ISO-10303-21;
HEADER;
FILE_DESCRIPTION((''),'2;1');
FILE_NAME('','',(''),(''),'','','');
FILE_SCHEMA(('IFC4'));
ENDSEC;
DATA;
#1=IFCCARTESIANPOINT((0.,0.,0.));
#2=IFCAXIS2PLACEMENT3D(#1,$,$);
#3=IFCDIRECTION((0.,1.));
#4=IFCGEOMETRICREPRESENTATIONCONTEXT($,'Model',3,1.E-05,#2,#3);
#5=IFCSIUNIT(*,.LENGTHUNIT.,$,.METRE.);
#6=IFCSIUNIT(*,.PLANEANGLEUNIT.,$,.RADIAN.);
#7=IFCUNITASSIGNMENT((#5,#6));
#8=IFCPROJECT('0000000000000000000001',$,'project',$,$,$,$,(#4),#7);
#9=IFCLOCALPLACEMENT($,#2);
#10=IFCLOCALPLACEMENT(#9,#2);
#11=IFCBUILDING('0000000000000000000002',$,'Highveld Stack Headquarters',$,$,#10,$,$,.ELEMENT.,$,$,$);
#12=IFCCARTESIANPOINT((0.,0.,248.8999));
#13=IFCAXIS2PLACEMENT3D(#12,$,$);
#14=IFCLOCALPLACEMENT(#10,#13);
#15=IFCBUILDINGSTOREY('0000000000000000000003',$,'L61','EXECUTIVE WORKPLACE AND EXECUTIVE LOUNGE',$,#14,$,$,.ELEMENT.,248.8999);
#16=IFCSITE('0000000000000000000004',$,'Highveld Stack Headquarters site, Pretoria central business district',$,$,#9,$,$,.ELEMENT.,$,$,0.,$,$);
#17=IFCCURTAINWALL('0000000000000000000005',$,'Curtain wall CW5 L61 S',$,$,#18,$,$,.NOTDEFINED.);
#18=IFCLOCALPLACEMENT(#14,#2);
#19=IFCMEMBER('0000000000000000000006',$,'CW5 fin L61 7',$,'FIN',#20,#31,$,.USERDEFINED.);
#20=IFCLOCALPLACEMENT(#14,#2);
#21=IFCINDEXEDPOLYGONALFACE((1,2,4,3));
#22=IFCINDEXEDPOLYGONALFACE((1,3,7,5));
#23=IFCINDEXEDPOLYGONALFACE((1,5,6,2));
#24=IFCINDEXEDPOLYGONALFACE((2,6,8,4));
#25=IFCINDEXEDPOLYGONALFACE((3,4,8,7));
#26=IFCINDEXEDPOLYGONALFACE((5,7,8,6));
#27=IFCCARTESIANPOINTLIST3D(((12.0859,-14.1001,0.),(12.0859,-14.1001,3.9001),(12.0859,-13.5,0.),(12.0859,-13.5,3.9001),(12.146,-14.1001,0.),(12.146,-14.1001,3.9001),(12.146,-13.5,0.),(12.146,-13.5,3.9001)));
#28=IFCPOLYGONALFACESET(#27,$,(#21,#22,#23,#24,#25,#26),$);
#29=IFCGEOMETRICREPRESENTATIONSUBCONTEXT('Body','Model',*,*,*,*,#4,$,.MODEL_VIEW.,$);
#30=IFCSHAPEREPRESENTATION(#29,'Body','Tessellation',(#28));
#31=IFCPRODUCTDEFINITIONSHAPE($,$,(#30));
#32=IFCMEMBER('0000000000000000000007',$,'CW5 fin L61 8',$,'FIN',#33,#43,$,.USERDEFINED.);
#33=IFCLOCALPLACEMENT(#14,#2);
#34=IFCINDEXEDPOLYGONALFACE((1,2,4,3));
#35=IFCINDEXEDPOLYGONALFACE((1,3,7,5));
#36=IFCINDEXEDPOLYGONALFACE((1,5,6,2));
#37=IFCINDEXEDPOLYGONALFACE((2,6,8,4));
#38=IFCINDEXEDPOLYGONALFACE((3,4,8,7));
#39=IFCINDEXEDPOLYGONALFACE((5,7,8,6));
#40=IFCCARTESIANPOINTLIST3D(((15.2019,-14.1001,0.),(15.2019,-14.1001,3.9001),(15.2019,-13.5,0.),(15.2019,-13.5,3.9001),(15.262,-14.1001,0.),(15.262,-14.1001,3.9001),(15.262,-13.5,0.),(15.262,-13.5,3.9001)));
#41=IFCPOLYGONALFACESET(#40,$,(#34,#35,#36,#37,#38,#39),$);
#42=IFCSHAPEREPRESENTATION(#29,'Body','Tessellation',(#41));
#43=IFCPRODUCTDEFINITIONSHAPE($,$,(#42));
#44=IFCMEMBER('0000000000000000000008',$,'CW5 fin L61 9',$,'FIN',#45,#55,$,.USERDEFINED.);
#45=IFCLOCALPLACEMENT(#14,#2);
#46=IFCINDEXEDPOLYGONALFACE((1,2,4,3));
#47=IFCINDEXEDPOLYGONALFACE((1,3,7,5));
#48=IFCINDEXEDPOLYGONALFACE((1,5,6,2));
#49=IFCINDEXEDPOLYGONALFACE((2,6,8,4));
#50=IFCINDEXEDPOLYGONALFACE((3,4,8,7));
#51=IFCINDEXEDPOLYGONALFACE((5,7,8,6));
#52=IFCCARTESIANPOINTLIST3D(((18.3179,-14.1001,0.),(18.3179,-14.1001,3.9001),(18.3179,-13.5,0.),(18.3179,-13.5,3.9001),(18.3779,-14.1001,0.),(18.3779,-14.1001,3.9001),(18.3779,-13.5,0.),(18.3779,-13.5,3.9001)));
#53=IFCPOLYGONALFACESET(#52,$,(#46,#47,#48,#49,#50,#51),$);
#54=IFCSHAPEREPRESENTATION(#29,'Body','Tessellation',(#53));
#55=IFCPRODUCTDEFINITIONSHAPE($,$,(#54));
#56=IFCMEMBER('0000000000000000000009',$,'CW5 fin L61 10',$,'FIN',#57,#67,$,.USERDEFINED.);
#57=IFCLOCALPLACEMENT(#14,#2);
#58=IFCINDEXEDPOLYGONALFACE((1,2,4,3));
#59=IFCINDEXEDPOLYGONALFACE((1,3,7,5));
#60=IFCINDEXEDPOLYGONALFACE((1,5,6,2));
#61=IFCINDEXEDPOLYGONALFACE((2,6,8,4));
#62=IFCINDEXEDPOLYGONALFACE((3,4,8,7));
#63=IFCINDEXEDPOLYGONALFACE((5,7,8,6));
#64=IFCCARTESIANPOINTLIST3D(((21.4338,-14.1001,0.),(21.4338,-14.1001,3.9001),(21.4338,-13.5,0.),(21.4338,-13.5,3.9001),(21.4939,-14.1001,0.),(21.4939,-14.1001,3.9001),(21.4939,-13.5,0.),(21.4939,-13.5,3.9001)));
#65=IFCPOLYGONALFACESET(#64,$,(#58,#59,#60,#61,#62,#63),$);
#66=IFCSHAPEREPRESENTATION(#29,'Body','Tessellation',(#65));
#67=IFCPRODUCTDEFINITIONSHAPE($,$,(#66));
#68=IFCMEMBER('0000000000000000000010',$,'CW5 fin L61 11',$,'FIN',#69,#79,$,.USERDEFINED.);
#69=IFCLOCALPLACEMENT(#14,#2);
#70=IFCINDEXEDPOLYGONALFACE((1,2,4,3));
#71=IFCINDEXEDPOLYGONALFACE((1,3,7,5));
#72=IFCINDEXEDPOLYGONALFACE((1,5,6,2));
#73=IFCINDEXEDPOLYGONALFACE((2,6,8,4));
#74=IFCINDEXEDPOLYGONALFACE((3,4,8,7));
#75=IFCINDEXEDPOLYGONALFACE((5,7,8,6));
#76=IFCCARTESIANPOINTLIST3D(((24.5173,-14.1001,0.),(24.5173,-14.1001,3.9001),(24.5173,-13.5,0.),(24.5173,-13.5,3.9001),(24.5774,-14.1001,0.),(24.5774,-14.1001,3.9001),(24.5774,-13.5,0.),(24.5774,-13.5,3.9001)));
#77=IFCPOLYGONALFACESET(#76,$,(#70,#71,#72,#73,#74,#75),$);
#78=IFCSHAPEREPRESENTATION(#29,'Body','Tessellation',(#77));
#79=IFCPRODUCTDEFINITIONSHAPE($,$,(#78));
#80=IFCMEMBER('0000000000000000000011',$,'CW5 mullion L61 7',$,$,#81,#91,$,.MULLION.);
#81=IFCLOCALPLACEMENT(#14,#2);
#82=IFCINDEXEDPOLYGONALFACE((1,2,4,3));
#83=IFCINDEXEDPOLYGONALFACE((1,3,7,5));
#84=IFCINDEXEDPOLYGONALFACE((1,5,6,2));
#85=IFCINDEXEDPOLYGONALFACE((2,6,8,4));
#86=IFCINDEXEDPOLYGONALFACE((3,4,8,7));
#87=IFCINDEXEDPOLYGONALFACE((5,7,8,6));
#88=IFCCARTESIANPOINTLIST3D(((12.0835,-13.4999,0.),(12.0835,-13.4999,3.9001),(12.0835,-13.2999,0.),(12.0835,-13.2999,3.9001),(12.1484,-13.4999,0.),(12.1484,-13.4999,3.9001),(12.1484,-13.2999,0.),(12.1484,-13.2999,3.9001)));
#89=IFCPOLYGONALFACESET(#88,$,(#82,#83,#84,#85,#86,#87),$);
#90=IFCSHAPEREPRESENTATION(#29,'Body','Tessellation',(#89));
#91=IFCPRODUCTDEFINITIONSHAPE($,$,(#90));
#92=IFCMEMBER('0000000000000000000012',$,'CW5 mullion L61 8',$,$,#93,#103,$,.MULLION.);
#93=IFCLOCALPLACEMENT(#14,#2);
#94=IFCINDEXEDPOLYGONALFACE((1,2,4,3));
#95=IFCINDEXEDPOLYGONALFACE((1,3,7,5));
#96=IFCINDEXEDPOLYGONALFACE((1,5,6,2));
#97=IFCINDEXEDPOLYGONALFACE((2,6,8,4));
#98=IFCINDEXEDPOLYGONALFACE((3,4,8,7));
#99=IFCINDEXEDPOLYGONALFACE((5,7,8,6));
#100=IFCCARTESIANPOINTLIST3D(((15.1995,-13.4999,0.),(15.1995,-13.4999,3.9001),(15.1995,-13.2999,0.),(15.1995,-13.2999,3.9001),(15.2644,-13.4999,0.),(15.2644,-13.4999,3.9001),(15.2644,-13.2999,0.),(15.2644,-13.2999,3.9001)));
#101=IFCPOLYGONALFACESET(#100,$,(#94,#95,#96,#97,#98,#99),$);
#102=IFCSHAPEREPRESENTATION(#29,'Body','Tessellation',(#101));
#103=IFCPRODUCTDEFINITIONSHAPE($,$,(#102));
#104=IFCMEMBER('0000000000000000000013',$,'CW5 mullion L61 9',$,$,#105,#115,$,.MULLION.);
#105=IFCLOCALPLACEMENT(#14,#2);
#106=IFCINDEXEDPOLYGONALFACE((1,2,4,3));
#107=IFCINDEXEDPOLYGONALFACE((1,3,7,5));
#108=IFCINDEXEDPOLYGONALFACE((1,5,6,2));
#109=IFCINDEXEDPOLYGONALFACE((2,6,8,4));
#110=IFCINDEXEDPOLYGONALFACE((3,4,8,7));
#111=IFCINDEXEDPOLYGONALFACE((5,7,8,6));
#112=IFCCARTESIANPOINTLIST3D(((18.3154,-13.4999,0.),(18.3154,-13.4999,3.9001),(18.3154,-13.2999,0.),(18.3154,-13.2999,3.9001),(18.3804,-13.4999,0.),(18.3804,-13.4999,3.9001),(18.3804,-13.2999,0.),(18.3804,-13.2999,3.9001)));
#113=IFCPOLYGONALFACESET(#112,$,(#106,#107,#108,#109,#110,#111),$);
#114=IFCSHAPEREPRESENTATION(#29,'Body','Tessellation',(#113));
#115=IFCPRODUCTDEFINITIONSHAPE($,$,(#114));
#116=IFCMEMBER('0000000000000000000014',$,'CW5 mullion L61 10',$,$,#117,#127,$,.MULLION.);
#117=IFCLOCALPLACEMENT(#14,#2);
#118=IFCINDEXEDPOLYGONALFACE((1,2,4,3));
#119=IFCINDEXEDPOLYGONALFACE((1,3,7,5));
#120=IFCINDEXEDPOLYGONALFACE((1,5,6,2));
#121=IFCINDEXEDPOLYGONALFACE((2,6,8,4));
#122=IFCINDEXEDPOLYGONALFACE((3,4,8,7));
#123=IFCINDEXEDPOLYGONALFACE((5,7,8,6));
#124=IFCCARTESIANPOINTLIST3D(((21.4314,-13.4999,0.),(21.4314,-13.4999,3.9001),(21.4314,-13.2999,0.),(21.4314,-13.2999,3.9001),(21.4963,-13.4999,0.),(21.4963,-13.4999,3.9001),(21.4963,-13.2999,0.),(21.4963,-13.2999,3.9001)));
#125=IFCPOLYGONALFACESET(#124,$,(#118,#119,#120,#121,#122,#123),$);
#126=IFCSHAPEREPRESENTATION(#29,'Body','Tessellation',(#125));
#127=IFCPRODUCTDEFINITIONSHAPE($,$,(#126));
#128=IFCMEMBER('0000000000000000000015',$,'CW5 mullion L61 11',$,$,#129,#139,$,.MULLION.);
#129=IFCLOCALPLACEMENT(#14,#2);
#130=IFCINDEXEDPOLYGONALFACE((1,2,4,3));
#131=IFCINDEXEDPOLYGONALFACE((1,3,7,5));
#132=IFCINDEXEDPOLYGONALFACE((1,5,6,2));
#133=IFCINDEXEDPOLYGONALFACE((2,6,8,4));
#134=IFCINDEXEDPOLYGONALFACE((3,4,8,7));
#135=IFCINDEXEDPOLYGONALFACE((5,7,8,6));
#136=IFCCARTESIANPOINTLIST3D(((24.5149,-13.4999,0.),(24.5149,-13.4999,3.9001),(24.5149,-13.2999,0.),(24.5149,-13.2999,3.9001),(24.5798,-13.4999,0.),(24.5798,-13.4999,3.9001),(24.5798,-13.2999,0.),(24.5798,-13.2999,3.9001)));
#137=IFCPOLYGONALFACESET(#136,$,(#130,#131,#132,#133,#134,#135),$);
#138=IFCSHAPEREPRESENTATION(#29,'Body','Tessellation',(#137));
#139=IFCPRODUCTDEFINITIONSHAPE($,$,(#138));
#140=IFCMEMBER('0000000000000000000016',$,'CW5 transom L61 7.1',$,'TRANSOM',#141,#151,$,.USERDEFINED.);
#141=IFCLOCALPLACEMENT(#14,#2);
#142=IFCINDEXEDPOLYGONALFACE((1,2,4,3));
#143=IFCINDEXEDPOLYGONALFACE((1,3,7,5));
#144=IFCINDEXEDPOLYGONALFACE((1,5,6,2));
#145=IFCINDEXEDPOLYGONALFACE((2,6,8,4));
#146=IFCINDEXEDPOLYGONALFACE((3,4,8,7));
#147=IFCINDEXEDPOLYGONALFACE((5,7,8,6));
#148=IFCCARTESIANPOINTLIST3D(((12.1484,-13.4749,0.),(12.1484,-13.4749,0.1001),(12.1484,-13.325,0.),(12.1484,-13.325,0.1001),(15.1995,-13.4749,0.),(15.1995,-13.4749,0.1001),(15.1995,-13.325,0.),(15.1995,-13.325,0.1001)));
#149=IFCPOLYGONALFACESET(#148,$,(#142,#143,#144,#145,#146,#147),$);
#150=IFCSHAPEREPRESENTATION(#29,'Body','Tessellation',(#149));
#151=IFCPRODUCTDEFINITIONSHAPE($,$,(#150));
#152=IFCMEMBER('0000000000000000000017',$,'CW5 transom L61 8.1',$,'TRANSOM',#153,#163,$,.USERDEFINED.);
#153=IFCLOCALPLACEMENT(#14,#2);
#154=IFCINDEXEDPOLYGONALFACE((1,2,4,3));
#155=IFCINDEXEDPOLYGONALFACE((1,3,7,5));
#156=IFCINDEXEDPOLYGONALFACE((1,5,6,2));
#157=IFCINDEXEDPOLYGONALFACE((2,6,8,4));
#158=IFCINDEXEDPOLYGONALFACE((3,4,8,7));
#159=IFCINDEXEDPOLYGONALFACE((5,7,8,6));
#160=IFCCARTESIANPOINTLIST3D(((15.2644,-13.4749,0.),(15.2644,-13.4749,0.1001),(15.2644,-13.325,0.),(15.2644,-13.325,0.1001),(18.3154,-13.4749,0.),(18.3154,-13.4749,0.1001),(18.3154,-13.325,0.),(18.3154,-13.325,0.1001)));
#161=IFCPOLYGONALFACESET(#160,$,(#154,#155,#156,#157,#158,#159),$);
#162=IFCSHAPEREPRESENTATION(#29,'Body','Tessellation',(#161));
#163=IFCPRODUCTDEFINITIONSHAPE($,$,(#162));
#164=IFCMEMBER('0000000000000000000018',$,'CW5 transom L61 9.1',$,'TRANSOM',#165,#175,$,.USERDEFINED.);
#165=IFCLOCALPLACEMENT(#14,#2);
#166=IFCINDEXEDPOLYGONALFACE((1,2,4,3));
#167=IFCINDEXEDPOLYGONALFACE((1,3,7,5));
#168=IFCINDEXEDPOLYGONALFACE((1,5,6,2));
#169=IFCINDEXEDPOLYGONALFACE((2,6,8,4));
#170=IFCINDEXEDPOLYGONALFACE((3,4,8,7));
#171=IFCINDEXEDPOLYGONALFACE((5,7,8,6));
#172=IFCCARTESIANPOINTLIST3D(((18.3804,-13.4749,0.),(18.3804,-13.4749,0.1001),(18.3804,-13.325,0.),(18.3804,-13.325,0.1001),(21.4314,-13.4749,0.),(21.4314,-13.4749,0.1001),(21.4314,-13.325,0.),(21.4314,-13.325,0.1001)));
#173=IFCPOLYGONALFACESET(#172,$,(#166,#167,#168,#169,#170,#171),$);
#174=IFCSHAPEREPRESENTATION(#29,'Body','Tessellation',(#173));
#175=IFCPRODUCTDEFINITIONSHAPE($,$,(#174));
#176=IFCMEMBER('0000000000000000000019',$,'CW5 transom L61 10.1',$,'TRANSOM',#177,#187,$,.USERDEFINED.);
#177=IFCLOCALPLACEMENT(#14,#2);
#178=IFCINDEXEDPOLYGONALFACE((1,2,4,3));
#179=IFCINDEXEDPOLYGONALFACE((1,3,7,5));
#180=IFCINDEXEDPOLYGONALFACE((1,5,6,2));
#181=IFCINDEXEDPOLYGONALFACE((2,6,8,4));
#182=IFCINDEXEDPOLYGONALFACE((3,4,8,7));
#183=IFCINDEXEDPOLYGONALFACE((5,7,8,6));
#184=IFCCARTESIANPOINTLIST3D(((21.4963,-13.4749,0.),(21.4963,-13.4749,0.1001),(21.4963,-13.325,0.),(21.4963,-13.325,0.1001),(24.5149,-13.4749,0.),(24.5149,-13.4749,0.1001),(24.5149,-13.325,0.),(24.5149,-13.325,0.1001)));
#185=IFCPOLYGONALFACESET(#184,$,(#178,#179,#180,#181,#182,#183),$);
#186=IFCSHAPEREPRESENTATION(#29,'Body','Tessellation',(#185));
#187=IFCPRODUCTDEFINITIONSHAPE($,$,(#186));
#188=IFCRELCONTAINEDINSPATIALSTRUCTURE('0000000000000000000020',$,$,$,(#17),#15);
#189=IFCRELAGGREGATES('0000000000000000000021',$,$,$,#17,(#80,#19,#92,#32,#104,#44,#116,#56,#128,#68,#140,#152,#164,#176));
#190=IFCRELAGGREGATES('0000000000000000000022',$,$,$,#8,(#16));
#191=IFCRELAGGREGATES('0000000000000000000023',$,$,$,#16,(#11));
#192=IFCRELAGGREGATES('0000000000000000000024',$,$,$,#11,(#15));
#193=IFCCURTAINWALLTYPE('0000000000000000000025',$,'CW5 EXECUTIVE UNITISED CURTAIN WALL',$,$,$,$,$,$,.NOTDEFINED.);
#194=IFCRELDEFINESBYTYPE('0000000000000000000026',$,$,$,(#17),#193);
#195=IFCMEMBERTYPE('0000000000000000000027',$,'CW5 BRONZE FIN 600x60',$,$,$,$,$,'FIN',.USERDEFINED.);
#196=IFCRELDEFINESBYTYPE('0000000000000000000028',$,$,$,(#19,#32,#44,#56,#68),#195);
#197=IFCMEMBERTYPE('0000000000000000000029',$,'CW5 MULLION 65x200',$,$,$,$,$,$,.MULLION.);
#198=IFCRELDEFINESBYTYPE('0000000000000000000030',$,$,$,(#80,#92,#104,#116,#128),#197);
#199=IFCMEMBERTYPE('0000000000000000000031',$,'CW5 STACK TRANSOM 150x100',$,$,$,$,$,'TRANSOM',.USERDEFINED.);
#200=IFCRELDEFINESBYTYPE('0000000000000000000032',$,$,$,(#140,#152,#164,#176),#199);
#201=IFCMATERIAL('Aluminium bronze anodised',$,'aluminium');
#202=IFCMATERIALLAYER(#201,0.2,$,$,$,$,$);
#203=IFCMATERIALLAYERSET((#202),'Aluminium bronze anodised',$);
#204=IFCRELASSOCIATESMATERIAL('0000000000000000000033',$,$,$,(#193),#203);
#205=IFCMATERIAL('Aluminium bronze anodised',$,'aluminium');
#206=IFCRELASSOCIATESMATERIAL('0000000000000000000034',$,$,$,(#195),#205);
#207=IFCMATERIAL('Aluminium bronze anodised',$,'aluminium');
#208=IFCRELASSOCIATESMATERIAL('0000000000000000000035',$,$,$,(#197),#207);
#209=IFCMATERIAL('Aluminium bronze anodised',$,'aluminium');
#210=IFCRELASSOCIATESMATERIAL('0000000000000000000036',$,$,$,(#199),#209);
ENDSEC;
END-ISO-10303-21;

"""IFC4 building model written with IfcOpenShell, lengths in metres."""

from ifc_helpers import new_model, si_unit, direction, frame, origin, origin_2d, place, context, subcontext, project, spatial, rectangle, extrude, material, layer, layer_set, material_profile, profile_set, type_object, element, aggregate, save


model = new_model("IFC4")

# Units and contexts
model_context = context("Model", 3, precision=1e-05, world=origin(), true_north=direction((0.0, 1.0)))
body_context = subcontext(model_context, "Body", "Model", "MODEL_VIEW")
ifc_project = project(units=[si_unit("LENGTHUNIT", "METRE"), si_unit("PLANEANGLEUNIT", "RADIAN")], contexts=[model_context])

# Site, building, storey
site_placement = place(None, origin())
site = spatial("IfcSite", under=ifc_project, at=site_placement, Name="Highveld Stack Headquarters site, Pretoria central business district", CompositionType="ELEMENT", RefElevation=0.0)
building_placement = place(site_placement, origin())
building = spatial("IfcBuilding", under=site, at=building_placement, Name="Highveld Stack Headquarters", CompositionType="ELEMENT")
storey_placement = place(building_placement, frame((0.0, 0.0, 248.8999)))
storey = spatial("IfcBuildingStorey", under=building, at=storey_placement, Name="L61", Description="EXECUTIVE WORKPLACE AND EXECUTIVE LOUNGE", CompositionType="ELEMENT", Elevation=248.8999)

# Curtain wall, members
ifc_material_1 = material(Name="Aluminium bronze anodised", Category="aluminium")
ifc_layer_1 = layer(ifc_material_1, 0.2)
ifc_layer_set_1 = layer_set([ifc_layer_1], Name="Aluminium bronze anodised")
curtain_wall_type = type_object("IfcCurtainWallType", Name="CW5 EXECUTIVE UNITISED CURTAIN WALL", PredefinedType="NOTDEFINED", material=ifc_layer_set_1)
curtain_wall_placement = place(storey_placement, origin())
curtain_wall = element("IfcCurtainWall", 1, at=curtain_wall_placement, inside=storey, type_object=curtain_wall_type, Name="Curtain wall CW5 L61 S", PredefinedType="NOTDEFINED")
ifc_material_2 = material(Name="Aluminium bronze anodised", Category="aluminium")
ifc_material_profile_1 = material_profile(ifc_material_2, rectangle(XDim=0.6001, YDim=0.0601, at=origin_2d()), Name="FIN 600x60")
ifc_profile_set_1 = profile_set([ifc_material_profile_1], Name="Aluminium bronze anodised")
member_type_1 = type_object("IfcMemberType", Name="CW5 BRONZE FIN 600x60", ElementType="FIN", PredefinedType="USERDEFINED", material=ifc_profile_set_1)
member_1_placement = place(storey_placement, frame((12.116, -13.8, 0.0), z_axis=(0.0, 0.0, 1.0), x_axis=(0.0, 1.0, 0.0)))
member_1 = element("IfcMember", 2, at=member_1_placement, type_object=member_type_1, Name="CW5 fin L61 7", ObjectType="FIN", PredefinedType="USERDEFINED", context=body_context, shape_type="SweptSolid", body=[
    extrude(rectangle(XDim=0.6001, YDim=0.0601, at=origin_2d()), origin(), (0.0, 0.0, 1.0), 3.9001),
])
member_2_placement = place(storey_placement, frame((15.2319, -13.8, 0.0), z_axis=(0.0, 0.0, 1.0), x_axis=(0.0, 1.0, 0.0)))
member_2 = element("IfcMember", 3, at=member_2_placement, type_object=member_type_1, Name="CW5 fin L61 8", ObjectType="FIN", PredefinedType="USERDEFINED", context=body_context, shape_type="SweptSolid", body=[
    extrude(rectangle(XDim=0.6001, YDim=0.0601, at=origin_2d()), origin(), (0.0, 0.0, 1.0), 3.9001),
])
member_3_placement = place(storey_placement, frame((18.3479, -13.8, 0.0), z_axis=(0.0, 0.0, 1.0), x_axis=(0.0, 1.0, 0.0)))
member_3 = element("IfcMember", 4, at=member_3_placement, type_object=member_type_1, Name="CW5 fin L61 9", ObjectType="FIN", PredefinedType="USERDEFINED", context=body_context, shape_type="SweptSolid", body=[
    extrude(rectangle(XDim=0.6001, YDim=0.0601, at=origin_2d()), origin(), (0.0, 0.0, 1.0), 3.9001),
])
member_4_placement = place(storey_placement, frame((21.4639, -13.8, 0.0), z_axis=(0.0, 0.0, 1.0), x_axis=(0.0, 1.0, 0.0)))
member_4 = element("IfcMember", 5, at=member_4_placement, type_object=member_type_1, Name="CW5 fin L61 10", ObjectType="FIN", PredefinedType="USERDEFINED", context=body_context, shape_type="SweptSolid", body=[
    extrude(rectangle(XDim=0.6001, YDim=0.0601, at=origin_2d()), origin(), (0.0, 0.0, 1.0), 3.9001),
])
member_5_placement = place(storey_placement, frame((24.5474, -13.8, 0.0), z_axis=(0.0, 0.0, 1.0), x_axis=(0.0, 1.0, 0.0)))
member_5 = element("IfcMember", 6, at=member_5_placement, type_object=member_type_1, Name="CW5 fin L61 11", ObjectType="FIN", PredefinedType="USERDEFINED", context=body_context, shape_type="SweptSolid", body=[
    extrude(rectangle(XDim=0.6001, YDim=0.0601, at=origin_2d()), origin(), (0.0, 0.0, 1.0), 3.9001),
])
ifc_material_3 = material(Name="Aluminium bronze anodised", Category="aluminium")
ifc_material_profile_2 = material_profile(ifc_material_3, rectangle(XDim=0.2, YDim=0.0649, at=origin_2d()), Name="CW5 MULLION 65x200")
ifc_profile_set_2 = profile_set([ifc_material_profile_2], Name="Aluminium bronze anodised")
member_type_2 = type_object("IfcMemberType", Name="CW5 MULLION 65x200", PredefinedType="MULLION", material=ifc_profile_set_2)
member_6_placement = place(storey_placement, frame((12.116, -13.3999, 0.0), z_axis=(0.0, 0.0, 1.0), x_axis=(0.0, 1.0, 0.0)))
member_6 = element("IfcMember", 7, at=member_6_placement, type_object=member_type_2, Name="CW5 mullion L61 7", PredefinedType="MULLION", context=body_context, shape_type="SweptSolid", body=[
    extrude(rectangle(XDim=0.2, YDim=0.0649, at=origin_2d()), origin(), (0.0, 0.0, 1.0), 3.9001),
])
member_7_placement = place(storey_placement, frame((15.2319, -13.3999, 0.0), z_axis=(0.0, 0.0, 1.0), x_axis=(0.0, 1.0, 0.0)))
member_7 = element("IfcMember", 8, at=member_7_placement, type_object=member_type_2, Name="CW5 mullion L61 8", PredefinedType="MULLION", context=body_context, shape_type="SweptSolid", body=[
    extrude(rectangle(XDim=0.2, YDim=0.0649, at=origin_2d()), origin(), (0.0, 0.0, 1.0), 3.9001),
])
member_8_placement = place(storey_placement, frame((18.3479, -13.3999, 0.0), z_axis=(0.0, 0.0, 1.0), x_axis=(0.0, 1.0, 0.0)))
member_8 = element("IfcMember", 9, at=member_8_placement, type_object=member_type_2, Name="CW5 mullion L61 9", PredefinedType="MULLION", context=body_context, shape_type="SweptSolid", body=[
    extrude(rectangle(XDim=0.2, YDim=0.0649, at=origin_2d()), origin(), (0.0, 0.0, 1.0), 3.9001),
])
member_9_placement = place(storey_placement, frame((21.4639, -13.3999, 0.0), z_axis=(0.0, 0.0, 1.0), x_axis=(0.0, 1.0, 0.0)))
member_9 = element("IfcMember", 10, at=member_9_placement, type_object=member_type_2, Name="CW5 mullion L61 10", PredefinedType="MULLION", context=body_context, shape_type="SweptSolid", body=[
    extrude(rectangle(XDim=0.2, YDim=0.0649, at=origin_2d()), origin(), (0.0, 0.0, 1.0), 3.9001),
])
member_10_placement = place(storey_placement, frame((24.5474, -13.3999, 0.0), z_axis=(0.0, 0.0, 1.0), x_axis=(0.0, 1.0, 0.0)))
member_10 = element("IfcMember", 11, at=member_10_placement, type_object=member_type_2, Name="CW5 mullion L61 11", PredefinedType="MULLION", context=body_context, shape_type="SweptSolid", body=[
    extrude(rectangle(XDim=0.2, YDim=0.0649, at=origin_2d()), origin(), (0.0, 0.0, 1.0), 3.9001),
])
ifc_material_4 = material(Name="Aluminium bronze anodised", Category="aluminium")
ifc_material_profile_3 = material_profile(ifc_material_4, rectangle(XDim=0.1499, YDim=0.1001, at=origin_2d()), Name="CW5 TRANSOM 150x100")
ifc_profile_set_3 = profile_set([ifc_material_profile_3], Name="Aluminium bronze anodised")
member_type_3 = type_object("IfcMemberType", Name="CW5 STACK TRANSOM 150x100", ElementType="TRANSOM", PredefinedType="USERDEFINED", material=ifc_profile_set_3)
member_11_placement = place(storey_placement, frame((12.1484, -13.3999, 0.05), z_axis=(1.0, 0.0, 0.0), x_axis=(0.0, 1.0, 0.0)))
member_11 = element("IfcMember", 12, at=member_11_placement, type_object=member_type_3, Name="CW5 transom L61 7.1", ObjectType="TRANSOM", PredefinedType="USERDEFINED", context=body_context, shape_type="SweptSolid", body=[
    extrude(rectangle(XDim=0.1499, YDim=0.1001, at=origin_2d()), origin(), (0.0, 0.0, 1.0), 3.051),
])
member_12_placement = place(storey_placement, frame((15.2644, -13.3999, 0.05), z_axis=(1.0, 0.0, 0.0), x_axis=(0.0, 1.0, 0.0)))
member_12 = element("IfcMember", 13, at=member_12_placement, type_object=member_type_3, Name="CW5 transom L61 8.1", ObjectType="TRANSOM", PredefinedType="USERDEFINED", context=body_context, shape_type="SweptSolid", body=[
    extrude(rectangle(XDim=0.1499, YDim=0.1001, at=origin_2d()), origin(), (0.0, 0.0, 1.0), 3.051),
])
member_13_placement = place(storey_placement, frame((18.3804, -13.3999, 0.05), z_axis=(1.0, 0.0, 0.0), x_axis=(0.0, 1.0, 0.0)))
member_13 = element("IfcMember", 14, at=member_13_placement, type_object=member_type_3, Name="CW5 transom L61 9.1", ObjectType="TRANSOM", PredefinedType="USERDEFINED", context=body_context, shape_type="SweptSolid", body=[
    extrude(rectangle(XDim=0.1499, YDim=0.1001, at=origin_2d()), origin(), (0.0, 0.0, 1.0), 3.051),
])
member_14_placement = place(storey_placement, frame((21.4963, -13.3999, 0.05), z_axis=(1.0, 0.0, 0.0), x_axis=(0.0, 1.0, 0.0)))
member_14 = element("IfcMember", 15, at=member_14_placement, type_object=member_type_3, Name="CW5 transom L61 10.1", ObjectType="TRANSOM", PredefinedType="USERDEFINED", context=body_context, shape_type="SweptSolid", body=[
    extrude(rectangle(XDim=0.1499, YDim=0.1001, at=origin_2d()), origin(), (0.0, 0.0, 1.0), 3.0186),
])
aggregate(curtain_wall, [member_6, member_1, member_7, member_2, member_8, member_3, member_9, member_4, member_10, member_5, member_11, member_12, member_13, member_14])

save(model, "model.ifc")
